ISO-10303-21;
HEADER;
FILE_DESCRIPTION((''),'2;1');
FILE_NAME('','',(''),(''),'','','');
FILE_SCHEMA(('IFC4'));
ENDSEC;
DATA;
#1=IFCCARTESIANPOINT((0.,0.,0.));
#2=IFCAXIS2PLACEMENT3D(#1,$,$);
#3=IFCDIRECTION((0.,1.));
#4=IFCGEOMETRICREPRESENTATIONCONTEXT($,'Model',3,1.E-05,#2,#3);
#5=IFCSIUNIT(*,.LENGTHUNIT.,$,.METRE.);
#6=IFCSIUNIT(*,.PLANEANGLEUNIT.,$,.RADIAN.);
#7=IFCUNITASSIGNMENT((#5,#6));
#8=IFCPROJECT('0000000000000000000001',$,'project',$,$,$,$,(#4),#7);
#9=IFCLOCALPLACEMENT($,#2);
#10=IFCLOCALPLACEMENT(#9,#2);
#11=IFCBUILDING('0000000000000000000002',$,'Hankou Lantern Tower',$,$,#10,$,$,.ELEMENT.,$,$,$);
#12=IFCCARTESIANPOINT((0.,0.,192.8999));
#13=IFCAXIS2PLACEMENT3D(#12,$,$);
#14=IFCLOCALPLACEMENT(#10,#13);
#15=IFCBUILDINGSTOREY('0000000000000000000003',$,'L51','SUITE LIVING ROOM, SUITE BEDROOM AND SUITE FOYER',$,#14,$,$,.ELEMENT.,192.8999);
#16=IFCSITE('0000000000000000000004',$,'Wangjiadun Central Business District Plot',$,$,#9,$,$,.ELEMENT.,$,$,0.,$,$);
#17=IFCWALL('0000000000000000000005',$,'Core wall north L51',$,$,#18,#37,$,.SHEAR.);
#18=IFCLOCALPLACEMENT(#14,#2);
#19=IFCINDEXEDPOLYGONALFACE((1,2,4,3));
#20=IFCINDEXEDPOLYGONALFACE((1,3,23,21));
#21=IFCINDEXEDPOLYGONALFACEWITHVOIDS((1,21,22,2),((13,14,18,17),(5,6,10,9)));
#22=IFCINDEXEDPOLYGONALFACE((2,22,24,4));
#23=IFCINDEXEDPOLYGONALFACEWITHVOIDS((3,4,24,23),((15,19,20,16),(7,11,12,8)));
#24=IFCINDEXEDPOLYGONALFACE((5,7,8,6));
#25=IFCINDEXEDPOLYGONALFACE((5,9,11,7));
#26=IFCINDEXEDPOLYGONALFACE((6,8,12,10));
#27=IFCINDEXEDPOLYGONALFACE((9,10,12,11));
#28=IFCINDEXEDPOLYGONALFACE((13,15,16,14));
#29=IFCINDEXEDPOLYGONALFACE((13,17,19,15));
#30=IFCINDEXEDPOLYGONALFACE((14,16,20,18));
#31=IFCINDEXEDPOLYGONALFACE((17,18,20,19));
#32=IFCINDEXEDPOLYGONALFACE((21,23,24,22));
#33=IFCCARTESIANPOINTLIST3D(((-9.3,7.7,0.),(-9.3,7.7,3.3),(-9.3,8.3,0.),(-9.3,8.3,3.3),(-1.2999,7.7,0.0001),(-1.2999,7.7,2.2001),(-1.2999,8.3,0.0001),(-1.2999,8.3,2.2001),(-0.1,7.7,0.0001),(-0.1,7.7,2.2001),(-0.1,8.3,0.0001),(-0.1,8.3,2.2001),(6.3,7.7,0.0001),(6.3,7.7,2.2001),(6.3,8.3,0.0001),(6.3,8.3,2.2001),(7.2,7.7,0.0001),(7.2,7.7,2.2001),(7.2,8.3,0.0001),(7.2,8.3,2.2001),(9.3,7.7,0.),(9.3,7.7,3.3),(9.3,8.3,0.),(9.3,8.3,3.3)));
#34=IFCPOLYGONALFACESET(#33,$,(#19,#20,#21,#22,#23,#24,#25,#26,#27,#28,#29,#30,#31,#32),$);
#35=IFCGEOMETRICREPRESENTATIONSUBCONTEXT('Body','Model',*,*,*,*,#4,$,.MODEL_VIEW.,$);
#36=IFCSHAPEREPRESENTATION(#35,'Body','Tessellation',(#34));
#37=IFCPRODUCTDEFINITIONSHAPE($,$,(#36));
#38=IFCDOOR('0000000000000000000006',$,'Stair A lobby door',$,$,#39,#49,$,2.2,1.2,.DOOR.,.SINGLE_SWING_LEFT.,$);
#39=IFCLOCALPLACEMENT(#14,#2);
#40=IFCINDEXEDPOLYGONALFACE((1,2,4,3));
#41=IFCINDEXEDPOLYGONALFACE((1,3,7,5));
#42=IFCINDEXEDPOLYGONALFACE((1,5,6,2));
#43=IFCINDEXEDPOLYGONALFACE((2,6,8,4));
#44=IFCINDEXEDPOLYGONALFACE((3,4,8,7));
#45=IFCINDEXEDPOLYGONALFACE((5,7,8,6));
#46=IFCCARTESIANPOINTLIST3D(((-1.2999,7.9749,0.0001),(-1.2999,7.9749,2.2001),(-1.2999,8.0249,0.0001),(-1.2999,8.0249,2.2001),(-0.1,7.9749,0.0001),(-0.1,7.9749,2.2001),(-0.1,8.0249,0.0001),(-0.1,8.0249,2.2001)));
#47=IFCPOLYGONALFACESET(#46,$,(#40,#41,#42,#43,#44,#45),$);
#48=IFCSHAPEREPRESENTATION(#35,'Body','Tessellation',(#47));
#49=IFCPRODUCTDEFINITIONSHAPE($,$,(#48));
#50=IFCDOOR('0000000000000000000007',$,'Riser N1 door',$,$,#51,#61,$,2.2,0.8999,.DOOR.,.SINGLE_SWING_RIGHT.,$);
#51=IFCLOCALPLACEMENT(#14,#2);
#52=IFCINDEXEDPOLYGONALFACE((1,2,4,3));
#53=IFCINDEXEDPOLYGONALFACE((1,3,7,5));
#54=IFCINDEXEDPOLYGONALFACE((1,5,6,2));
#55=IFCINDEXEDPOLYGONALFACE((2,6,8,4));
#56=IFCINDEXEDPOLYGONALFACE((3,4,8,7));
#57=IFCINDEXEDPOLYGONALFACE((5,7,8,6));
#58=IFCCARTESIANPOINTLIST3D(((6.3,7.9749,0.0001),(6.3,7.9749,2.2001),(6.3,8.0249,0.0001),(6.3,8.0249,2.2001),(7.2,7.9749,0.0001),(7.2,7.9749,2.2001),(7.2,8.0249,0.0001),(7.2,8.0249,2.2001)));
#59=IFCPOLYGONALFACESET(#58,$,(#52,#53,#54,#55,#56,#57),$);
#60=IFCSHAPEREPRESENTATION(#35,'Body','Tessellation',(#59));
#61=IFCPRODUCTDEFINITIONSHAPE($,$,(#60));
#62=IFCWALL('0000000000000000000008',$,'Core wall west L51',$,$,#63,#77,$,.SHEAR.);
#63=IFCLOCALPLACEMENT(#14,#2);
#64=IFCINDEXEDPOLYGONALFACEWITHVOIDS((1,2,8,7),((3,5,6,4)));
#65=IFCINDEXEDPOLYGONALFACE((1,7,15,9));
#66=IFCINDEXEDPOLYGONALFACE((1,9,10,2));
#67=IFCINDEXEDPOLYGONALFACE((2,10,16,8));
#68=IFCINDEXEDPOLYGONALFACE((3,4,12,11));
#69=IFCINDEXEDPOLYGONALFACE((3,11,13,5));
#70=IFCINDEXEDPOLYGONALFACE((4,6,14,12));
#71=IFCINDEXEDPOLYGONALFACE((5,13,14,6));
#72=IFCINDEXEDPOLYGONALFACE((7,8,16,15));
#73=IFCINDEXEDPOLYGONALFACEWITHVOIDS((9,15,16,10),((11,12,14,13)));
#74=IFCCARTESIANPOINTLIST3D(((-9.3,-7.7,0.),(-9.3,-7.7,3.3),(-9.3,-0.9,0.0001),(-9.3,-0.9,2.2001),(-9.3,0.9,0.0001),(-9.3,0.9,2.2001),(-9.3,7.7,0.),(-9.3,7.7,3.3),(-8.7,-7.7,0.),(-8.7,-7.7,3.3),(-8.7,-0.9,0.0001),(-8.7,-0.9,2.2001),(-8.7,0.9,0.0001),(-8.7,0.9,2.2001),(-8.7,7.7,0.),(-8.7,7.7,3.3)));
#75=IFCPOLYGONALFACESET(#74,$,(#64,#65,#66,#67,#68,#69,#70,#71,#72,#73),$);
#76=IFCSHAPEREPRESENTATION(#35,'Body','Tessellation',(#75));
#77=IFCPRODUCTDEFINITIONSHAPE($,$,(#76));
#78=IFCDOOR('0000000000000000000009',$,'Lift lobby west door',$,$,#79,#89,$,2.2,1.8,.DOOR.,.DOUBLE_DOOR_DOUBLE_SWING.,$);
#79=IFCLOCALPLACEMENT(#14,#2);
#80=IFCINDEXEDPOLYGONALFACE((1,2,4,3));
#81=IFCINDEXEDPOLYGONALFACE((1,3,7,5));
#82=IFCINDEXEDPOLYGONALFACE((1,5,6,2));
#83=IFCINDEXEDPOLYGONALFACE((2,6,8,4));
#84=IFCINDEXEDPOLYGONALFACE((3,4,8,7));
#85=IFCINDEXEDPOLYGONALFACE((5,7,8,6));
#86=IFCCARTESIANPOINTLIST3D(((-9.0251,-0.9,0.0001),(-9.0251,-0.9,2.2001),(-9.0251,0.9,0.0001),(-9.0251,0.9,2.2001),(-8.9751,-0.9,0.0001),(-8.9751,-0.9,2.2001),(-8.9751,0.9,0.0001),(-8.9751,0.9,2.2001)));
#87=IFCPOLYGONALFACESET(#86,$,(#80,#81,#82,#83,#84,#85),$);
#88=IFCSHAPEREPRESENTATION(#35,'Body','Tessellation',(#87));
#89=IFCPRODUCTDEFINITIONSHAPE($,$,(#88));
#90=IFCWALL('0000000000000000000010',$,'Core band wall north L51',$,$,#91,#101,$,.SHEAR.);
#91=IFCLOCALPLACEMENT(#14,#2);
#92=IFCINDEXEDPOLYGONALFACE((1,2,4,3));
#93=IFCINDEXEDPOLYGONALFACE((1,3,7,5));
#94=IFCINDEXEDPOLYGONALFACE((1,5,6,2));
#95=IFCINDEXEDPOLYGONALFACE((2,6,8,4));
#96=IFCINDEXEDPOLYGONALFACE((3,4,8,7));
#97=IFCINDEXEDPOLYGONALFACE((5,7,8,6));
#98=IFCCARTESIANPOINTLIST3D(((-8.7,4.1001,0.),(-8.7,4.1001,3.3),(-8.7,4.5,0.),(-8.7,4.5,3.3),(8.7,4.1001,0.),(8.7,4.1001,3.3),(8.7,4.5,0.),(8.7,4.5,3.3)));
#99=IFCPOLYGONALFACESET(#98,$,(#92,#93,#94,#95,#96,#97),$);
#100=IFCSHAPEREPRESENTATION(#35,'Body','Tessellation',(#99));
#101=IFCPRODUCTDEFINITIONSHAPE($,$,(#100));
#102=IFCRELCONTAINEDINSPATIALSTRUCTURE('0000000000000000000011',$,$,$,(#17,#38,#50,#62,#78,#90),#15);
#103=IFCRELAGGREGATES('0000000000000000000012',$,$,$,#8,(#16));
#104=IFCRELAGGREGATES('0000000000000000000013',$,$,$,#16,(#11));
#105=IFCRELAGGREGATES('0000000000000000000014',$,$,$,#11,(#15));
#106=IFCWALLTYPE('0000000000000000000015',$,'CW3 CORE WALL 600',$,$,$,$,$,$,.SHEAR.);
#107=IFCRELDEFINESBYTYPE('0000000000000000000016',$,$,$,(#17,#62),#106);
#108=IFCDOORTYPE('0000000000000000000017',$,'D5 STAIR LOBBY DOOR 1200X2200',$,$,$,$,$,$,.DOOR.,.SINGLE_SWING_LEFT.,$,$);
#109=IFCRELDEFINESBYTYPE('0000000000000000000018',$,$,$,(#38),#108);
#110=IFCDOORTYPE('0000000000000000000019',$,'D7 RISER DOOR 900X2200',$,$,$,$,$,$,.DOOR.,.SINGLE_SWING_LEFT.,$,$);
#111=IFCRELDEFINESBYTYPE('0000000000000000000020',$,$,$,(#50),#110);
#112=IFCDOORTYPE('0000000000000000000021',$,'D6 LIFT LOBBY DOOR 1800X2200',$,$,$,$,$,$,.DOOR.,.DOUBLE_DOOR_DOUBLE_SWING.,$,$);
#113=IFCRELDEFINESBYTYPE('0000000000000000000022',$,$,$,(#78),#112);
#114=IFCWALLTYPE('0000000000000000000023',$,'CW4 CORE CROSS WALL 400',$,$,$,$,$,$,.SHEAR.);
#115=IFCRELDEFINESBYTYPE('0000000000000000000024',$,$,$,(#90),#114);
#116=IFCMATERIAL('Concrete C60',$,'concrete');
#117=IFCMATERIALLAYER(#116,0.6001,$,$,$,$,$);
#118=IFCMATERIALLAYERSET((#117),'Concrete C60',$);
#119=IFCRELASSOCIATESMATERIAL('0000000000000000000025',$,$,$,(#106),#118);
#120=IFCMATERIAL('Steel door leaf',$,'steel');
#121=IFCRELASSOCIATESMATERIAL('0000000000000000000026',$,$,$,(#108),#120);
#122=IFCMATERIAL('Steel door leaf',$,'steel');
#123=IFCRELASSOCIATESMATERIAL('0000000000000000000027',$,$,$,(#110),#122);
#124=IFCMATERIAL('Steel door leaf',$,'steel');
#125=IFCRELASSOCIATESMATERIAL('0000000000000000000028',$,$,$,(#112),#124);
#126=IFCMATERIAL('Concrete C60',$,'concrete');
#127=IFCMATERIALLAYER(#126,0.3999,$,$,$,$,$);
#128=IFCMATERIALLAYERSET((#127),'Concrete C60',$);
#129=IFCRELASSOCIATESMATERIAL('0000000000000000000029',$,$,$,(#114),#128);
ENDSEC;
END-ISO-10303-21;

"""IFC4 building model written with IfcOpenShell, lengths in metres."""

from ifc_helpers import new_model, si_unit, direction, frame, frame_2d, origin, place, context, subcontext, project, spatial, rectangle, extrude, material, layer, layer_set, type_object, element, fill, save


model = new_model("IFC4")

# Units and contexts
model_context = context("Model", 3, precision=1e-05, world=origin(), true_north=direction((0.0, 1.0)))
body_context = subcontext(model_context, "Body", "Model", "MODEL_VIEW")
ifc_project = project(units=[si_unit("LENGTHUNIT", "METRE"), si_unit("PLANEANGLEUNIT", "RADIAN")], contexts=[model_context])

# Site, building, storey
site_placement = place(None, origin())
site = spatial("IfcSite", under=ifc_project, at=site_placement, Name="Wangjiadun Central Business District Plot", CompositionType="ELEMENT", RefElevation=0.0)
building_placement = place(site_placement, origin())
building = spatial("IfcBuilding", under=site, at=building_placement, Name="Hankou Lantern Tower", CompositionType="ELEMENT")
storey_placement = place(building_placement, frame((0.0, 0.0, 192.8999)))
storey = spatial("IfcBuildingStorey", under=building, at=storey_placement, Name="L51", Description="SUITE LIVING ROOM, SUITE BEDROOM AND SUITE FOYER", CompositionType="ELEMENT", Elevation=192.8999)

# Wall, openings, doors
ifc_material_1 = material(Name="Concrete C60", Category="concrete")
ifc_layer_1 = layer(ifc_material_1, 0.6001)
ifc_layer_set_1 = layer_set([ifc_layer_1], Name="Concrete C60")
wall_type_1 = type_object("IfcWallType", Name="CW3 CORE WALL 600", PredefinedType="SHEAR", material=ifc_layer_set_1)
wall_1_placement = place(storey_placement, frame((-9.3, 8.0, 0.0), z_axis=(0.0, 0.0, 1.0), x_axis=(1.0, 0.0, 0.0)))
wall_1 = element("IfcWall", 1, at=wall_1_placement, inside=storey, type_object=wall_type_1, Name="Core wall north L51", PredefinedType="SHEAR", context=body_context, shape_type="SweptSolid", body=[
    extrude(rectangle(XDim=18.6001, YDim=0.6001, at=frame_2d((9.3, 0.0))), origin(), (0.0, 0.0, 1.0), 3.3),
])
opening_1_placement = place(wall_1_placement, frame((8.0, 0.0, 0.0)))
opening_1 = element("IfcOpeningElement", 2, at=opening_1_placement, cuts=wall_1, PredefinedType="OPENING", context=body_context, shape_type="SweptSolid", body=[
    extrude(rectangle(XDim=1.2, YDim=2.2, at=frame_2d((0.6001, 1.1001))), frame((0.0, 0.3101, 0.0), z_axis=(0.0, -1.0, 0.0), x_axis=(1.0, 0.0, 0.0)), (0.0, 0.0, 1.0), 0.6201),
])
opening_2_placement = place(wall_1_placement, frame((15.6001, 0.0, 0.0)))
opening_2 = element("IfcOpeningElement", 3, at=opening_2_placement, cuts=wall_1, PredefinedType="OPENING", context=body_context, shape_type="SweptSolid", body=[
    extrude(rectangle(XDim=0.8999, YDim=2.2, at=frame_2d((0.45, 1.1001))), frame((0.0, 0.3101, 0.0), z_axis=(0.0, -1.0, 0.0), x_axis=(1.0, 0.0, 0.0)), (0.0, 0.0, 1.0), 0.6201),
])
ifc_material_2 = material(Name="Steel door leaf", Category="steel")
door_type_1 = type_object("IfcDoorType", Name="D5 STAIR LOBBY DOOR 1200X2200", OperationType="SINGLE_SWING_LEFT", PredefinedType="DOOR", material=ifc_material_2)
door_1_placement = place(opening_1_placement, origin())
door_1 = element("IfcDoor", 4, at=door_1_placement, inside=storey, type_object=door_type_1, Name="Stair A lobby door", OperationType="SINGLE_SWING_LEFT", OverallHeight=2.2, OverallWidth=1.2, PredefinedType="DOOR", context=body_context, shape_type="SweptSolid", body=[
    extrude(rectangle(XDim=1.2, YDim=2.2, at=frame_2d((0.6001, 1.1001))), frame((0.0, 0.0249, 0.0), z_axis=(0.0, -1.0, 0.0), x_axis=(1.0, 0.0, 0.0)), (0.0, 0.0, 1.0), 0.05),
])
fill(opening_1, door_1)
ifc_material_3 = material(Name="Steel door leaf", Category="steel")
door_type_2 = type_object("IfcDoorType", Name="D7 RISER DOOR 900X2200", OperationType="SINGLE_SWING_LEFT", PredefinedType="DOOR", material=ifc_material_3)
door_2_placement = place(opening_2_placement, origin())
door_2 = element("IfcDoor", 5, at=door_2_placement, inside=storey, type_object=door_type_2, Name="Riser N1 door", OperationType="SINGLE_SWING_RIGHT", OverallHeight=2.2, OverallWidth=0.8999, PredefinedType="DOOR", context=body_context, shape_type="SweptSolid", body=[
    extrude(rectangle(XDim=0.8999, YDim=2.2, at=frame_2d((0.45, 1.1001))), frame((0.0, 0.0249, 0.0), z_axis=(0.0, -1.0, 0.0), x_axis=(1.0, 0.0, 0.0)), (0.0, 0.0, 1.0), 0.05),
])
fill(opening_2, door_2)

# Wall, opening, door
wall_2_placement = place(storey_placement, frame((-9.0, 7.7, 0.0), z_axis=(0.0, 0.0, 1.0), x_axis=(0.0, -1.0, 0.0)))
wall_2 = element("IfcWall", 6, at=wall_2_placement, inside=storey, type_object=wall_type_1, Name="Core wall west L51", PredefinedType="SHEAR", context=body_context, shape_type="SweptSolid", body=[
    extrude(rectangle(XDim=15.3999, YDim=0.6001, at=frame_2d((7.7, 0.0))), origin(), (0.0, 0.0, 1.0), 3.3),
])
opening_3_placement = place(wall_2_placement, frame((6.8, 0.0, 0.0)))
opening_3 = element("IfcOpeningElement", 7, at=opening_3_placement, cuts=wall_2, PredefinedType="OPENING", context=body_context, shape_type="SweptSolid", body=[
    extrude(rectangle(XDim=1.8, YDim=2.2, at=frame_2d((0.8999, 1.1001))), frame((0.0, 0.3101, 0.0), z_axis=(0.0, -1.0, 0.0), x_axis=(1.0, 0.0, 0.0)), (0.0, 0.0, 1.0), 0.6201),
])
ifc_material_4 = material(Name="Steel door leaf", Category="steel")
door_type_3 = type_object("IfcDoorType", Name="D6 LIFT LOBBY DOOR 1800X2200", OperationType="DOUBLE_DOOR_DOUBLE_SWING", PredefinedType="DOOR", material=ifc_material_4)
door_3_placement = place(opening_3_placement, origin())
door_3 = element("IfcDoor", 8, at=door_3_placement, inside=storey, type_object=door_type_3, Name="Lift lobby west door", OperationType="DOUBLE_DOOR_DOUBLE_SWING", OverallHeight=2.2, OverallWidth=1.8, PredefinedType="DOOR", context=body_context, shape_type="SweptSolid", body=[
    extrude(rectangle(XDim=1.8, YDim=2.2, at=frame_2d((0.8999, 1.1001))), frame((0.0, 0.0249, 0.0), z_axis=(0.0, -1.0, 0.0), x_axis=(1.0, 0.0, 0.0)), (0.0, 0.0, 1.0), 0.05),
])
fill(opening_3, door_3)

# Wall
ifc_material_5 = material(Name="Concrete C60", Category="concrete")
ifc_layer_2 = layer(ifc_material_5, 0.3999)
ifc_layer_set_2 = layer_set([ifc_layer_2], Name="Concrete C60")
wall_type_2 = type_object("IfcWallType", Name="CW4 CORE CROSS WALL 400", PredefinedType="SHEAR", material=ifc_layer_set_2)
wall_3_placement = place(storey_placement, frame((-8.7, 4.3, 0.0), z_axis=(0.0, 0.0, 1.0), x_axis=(1.0, 0.0, 0.0)))
element("IfcWall", 9, at=wall_3_placement, inside=storey, type_object=wall_type_2, Name="Core band wall north L51", PredefinedType="SHEAR", context=body_context, shape_type="SweptSolid", body=[
    extrude(rectangle(XDim=17.3999, YDim=0.3999, at=frame_2d((8.7, 0.0))), origin(), (0.0, 0.0, 1.0), 3.3),
])

save(model, "model.ifc")
